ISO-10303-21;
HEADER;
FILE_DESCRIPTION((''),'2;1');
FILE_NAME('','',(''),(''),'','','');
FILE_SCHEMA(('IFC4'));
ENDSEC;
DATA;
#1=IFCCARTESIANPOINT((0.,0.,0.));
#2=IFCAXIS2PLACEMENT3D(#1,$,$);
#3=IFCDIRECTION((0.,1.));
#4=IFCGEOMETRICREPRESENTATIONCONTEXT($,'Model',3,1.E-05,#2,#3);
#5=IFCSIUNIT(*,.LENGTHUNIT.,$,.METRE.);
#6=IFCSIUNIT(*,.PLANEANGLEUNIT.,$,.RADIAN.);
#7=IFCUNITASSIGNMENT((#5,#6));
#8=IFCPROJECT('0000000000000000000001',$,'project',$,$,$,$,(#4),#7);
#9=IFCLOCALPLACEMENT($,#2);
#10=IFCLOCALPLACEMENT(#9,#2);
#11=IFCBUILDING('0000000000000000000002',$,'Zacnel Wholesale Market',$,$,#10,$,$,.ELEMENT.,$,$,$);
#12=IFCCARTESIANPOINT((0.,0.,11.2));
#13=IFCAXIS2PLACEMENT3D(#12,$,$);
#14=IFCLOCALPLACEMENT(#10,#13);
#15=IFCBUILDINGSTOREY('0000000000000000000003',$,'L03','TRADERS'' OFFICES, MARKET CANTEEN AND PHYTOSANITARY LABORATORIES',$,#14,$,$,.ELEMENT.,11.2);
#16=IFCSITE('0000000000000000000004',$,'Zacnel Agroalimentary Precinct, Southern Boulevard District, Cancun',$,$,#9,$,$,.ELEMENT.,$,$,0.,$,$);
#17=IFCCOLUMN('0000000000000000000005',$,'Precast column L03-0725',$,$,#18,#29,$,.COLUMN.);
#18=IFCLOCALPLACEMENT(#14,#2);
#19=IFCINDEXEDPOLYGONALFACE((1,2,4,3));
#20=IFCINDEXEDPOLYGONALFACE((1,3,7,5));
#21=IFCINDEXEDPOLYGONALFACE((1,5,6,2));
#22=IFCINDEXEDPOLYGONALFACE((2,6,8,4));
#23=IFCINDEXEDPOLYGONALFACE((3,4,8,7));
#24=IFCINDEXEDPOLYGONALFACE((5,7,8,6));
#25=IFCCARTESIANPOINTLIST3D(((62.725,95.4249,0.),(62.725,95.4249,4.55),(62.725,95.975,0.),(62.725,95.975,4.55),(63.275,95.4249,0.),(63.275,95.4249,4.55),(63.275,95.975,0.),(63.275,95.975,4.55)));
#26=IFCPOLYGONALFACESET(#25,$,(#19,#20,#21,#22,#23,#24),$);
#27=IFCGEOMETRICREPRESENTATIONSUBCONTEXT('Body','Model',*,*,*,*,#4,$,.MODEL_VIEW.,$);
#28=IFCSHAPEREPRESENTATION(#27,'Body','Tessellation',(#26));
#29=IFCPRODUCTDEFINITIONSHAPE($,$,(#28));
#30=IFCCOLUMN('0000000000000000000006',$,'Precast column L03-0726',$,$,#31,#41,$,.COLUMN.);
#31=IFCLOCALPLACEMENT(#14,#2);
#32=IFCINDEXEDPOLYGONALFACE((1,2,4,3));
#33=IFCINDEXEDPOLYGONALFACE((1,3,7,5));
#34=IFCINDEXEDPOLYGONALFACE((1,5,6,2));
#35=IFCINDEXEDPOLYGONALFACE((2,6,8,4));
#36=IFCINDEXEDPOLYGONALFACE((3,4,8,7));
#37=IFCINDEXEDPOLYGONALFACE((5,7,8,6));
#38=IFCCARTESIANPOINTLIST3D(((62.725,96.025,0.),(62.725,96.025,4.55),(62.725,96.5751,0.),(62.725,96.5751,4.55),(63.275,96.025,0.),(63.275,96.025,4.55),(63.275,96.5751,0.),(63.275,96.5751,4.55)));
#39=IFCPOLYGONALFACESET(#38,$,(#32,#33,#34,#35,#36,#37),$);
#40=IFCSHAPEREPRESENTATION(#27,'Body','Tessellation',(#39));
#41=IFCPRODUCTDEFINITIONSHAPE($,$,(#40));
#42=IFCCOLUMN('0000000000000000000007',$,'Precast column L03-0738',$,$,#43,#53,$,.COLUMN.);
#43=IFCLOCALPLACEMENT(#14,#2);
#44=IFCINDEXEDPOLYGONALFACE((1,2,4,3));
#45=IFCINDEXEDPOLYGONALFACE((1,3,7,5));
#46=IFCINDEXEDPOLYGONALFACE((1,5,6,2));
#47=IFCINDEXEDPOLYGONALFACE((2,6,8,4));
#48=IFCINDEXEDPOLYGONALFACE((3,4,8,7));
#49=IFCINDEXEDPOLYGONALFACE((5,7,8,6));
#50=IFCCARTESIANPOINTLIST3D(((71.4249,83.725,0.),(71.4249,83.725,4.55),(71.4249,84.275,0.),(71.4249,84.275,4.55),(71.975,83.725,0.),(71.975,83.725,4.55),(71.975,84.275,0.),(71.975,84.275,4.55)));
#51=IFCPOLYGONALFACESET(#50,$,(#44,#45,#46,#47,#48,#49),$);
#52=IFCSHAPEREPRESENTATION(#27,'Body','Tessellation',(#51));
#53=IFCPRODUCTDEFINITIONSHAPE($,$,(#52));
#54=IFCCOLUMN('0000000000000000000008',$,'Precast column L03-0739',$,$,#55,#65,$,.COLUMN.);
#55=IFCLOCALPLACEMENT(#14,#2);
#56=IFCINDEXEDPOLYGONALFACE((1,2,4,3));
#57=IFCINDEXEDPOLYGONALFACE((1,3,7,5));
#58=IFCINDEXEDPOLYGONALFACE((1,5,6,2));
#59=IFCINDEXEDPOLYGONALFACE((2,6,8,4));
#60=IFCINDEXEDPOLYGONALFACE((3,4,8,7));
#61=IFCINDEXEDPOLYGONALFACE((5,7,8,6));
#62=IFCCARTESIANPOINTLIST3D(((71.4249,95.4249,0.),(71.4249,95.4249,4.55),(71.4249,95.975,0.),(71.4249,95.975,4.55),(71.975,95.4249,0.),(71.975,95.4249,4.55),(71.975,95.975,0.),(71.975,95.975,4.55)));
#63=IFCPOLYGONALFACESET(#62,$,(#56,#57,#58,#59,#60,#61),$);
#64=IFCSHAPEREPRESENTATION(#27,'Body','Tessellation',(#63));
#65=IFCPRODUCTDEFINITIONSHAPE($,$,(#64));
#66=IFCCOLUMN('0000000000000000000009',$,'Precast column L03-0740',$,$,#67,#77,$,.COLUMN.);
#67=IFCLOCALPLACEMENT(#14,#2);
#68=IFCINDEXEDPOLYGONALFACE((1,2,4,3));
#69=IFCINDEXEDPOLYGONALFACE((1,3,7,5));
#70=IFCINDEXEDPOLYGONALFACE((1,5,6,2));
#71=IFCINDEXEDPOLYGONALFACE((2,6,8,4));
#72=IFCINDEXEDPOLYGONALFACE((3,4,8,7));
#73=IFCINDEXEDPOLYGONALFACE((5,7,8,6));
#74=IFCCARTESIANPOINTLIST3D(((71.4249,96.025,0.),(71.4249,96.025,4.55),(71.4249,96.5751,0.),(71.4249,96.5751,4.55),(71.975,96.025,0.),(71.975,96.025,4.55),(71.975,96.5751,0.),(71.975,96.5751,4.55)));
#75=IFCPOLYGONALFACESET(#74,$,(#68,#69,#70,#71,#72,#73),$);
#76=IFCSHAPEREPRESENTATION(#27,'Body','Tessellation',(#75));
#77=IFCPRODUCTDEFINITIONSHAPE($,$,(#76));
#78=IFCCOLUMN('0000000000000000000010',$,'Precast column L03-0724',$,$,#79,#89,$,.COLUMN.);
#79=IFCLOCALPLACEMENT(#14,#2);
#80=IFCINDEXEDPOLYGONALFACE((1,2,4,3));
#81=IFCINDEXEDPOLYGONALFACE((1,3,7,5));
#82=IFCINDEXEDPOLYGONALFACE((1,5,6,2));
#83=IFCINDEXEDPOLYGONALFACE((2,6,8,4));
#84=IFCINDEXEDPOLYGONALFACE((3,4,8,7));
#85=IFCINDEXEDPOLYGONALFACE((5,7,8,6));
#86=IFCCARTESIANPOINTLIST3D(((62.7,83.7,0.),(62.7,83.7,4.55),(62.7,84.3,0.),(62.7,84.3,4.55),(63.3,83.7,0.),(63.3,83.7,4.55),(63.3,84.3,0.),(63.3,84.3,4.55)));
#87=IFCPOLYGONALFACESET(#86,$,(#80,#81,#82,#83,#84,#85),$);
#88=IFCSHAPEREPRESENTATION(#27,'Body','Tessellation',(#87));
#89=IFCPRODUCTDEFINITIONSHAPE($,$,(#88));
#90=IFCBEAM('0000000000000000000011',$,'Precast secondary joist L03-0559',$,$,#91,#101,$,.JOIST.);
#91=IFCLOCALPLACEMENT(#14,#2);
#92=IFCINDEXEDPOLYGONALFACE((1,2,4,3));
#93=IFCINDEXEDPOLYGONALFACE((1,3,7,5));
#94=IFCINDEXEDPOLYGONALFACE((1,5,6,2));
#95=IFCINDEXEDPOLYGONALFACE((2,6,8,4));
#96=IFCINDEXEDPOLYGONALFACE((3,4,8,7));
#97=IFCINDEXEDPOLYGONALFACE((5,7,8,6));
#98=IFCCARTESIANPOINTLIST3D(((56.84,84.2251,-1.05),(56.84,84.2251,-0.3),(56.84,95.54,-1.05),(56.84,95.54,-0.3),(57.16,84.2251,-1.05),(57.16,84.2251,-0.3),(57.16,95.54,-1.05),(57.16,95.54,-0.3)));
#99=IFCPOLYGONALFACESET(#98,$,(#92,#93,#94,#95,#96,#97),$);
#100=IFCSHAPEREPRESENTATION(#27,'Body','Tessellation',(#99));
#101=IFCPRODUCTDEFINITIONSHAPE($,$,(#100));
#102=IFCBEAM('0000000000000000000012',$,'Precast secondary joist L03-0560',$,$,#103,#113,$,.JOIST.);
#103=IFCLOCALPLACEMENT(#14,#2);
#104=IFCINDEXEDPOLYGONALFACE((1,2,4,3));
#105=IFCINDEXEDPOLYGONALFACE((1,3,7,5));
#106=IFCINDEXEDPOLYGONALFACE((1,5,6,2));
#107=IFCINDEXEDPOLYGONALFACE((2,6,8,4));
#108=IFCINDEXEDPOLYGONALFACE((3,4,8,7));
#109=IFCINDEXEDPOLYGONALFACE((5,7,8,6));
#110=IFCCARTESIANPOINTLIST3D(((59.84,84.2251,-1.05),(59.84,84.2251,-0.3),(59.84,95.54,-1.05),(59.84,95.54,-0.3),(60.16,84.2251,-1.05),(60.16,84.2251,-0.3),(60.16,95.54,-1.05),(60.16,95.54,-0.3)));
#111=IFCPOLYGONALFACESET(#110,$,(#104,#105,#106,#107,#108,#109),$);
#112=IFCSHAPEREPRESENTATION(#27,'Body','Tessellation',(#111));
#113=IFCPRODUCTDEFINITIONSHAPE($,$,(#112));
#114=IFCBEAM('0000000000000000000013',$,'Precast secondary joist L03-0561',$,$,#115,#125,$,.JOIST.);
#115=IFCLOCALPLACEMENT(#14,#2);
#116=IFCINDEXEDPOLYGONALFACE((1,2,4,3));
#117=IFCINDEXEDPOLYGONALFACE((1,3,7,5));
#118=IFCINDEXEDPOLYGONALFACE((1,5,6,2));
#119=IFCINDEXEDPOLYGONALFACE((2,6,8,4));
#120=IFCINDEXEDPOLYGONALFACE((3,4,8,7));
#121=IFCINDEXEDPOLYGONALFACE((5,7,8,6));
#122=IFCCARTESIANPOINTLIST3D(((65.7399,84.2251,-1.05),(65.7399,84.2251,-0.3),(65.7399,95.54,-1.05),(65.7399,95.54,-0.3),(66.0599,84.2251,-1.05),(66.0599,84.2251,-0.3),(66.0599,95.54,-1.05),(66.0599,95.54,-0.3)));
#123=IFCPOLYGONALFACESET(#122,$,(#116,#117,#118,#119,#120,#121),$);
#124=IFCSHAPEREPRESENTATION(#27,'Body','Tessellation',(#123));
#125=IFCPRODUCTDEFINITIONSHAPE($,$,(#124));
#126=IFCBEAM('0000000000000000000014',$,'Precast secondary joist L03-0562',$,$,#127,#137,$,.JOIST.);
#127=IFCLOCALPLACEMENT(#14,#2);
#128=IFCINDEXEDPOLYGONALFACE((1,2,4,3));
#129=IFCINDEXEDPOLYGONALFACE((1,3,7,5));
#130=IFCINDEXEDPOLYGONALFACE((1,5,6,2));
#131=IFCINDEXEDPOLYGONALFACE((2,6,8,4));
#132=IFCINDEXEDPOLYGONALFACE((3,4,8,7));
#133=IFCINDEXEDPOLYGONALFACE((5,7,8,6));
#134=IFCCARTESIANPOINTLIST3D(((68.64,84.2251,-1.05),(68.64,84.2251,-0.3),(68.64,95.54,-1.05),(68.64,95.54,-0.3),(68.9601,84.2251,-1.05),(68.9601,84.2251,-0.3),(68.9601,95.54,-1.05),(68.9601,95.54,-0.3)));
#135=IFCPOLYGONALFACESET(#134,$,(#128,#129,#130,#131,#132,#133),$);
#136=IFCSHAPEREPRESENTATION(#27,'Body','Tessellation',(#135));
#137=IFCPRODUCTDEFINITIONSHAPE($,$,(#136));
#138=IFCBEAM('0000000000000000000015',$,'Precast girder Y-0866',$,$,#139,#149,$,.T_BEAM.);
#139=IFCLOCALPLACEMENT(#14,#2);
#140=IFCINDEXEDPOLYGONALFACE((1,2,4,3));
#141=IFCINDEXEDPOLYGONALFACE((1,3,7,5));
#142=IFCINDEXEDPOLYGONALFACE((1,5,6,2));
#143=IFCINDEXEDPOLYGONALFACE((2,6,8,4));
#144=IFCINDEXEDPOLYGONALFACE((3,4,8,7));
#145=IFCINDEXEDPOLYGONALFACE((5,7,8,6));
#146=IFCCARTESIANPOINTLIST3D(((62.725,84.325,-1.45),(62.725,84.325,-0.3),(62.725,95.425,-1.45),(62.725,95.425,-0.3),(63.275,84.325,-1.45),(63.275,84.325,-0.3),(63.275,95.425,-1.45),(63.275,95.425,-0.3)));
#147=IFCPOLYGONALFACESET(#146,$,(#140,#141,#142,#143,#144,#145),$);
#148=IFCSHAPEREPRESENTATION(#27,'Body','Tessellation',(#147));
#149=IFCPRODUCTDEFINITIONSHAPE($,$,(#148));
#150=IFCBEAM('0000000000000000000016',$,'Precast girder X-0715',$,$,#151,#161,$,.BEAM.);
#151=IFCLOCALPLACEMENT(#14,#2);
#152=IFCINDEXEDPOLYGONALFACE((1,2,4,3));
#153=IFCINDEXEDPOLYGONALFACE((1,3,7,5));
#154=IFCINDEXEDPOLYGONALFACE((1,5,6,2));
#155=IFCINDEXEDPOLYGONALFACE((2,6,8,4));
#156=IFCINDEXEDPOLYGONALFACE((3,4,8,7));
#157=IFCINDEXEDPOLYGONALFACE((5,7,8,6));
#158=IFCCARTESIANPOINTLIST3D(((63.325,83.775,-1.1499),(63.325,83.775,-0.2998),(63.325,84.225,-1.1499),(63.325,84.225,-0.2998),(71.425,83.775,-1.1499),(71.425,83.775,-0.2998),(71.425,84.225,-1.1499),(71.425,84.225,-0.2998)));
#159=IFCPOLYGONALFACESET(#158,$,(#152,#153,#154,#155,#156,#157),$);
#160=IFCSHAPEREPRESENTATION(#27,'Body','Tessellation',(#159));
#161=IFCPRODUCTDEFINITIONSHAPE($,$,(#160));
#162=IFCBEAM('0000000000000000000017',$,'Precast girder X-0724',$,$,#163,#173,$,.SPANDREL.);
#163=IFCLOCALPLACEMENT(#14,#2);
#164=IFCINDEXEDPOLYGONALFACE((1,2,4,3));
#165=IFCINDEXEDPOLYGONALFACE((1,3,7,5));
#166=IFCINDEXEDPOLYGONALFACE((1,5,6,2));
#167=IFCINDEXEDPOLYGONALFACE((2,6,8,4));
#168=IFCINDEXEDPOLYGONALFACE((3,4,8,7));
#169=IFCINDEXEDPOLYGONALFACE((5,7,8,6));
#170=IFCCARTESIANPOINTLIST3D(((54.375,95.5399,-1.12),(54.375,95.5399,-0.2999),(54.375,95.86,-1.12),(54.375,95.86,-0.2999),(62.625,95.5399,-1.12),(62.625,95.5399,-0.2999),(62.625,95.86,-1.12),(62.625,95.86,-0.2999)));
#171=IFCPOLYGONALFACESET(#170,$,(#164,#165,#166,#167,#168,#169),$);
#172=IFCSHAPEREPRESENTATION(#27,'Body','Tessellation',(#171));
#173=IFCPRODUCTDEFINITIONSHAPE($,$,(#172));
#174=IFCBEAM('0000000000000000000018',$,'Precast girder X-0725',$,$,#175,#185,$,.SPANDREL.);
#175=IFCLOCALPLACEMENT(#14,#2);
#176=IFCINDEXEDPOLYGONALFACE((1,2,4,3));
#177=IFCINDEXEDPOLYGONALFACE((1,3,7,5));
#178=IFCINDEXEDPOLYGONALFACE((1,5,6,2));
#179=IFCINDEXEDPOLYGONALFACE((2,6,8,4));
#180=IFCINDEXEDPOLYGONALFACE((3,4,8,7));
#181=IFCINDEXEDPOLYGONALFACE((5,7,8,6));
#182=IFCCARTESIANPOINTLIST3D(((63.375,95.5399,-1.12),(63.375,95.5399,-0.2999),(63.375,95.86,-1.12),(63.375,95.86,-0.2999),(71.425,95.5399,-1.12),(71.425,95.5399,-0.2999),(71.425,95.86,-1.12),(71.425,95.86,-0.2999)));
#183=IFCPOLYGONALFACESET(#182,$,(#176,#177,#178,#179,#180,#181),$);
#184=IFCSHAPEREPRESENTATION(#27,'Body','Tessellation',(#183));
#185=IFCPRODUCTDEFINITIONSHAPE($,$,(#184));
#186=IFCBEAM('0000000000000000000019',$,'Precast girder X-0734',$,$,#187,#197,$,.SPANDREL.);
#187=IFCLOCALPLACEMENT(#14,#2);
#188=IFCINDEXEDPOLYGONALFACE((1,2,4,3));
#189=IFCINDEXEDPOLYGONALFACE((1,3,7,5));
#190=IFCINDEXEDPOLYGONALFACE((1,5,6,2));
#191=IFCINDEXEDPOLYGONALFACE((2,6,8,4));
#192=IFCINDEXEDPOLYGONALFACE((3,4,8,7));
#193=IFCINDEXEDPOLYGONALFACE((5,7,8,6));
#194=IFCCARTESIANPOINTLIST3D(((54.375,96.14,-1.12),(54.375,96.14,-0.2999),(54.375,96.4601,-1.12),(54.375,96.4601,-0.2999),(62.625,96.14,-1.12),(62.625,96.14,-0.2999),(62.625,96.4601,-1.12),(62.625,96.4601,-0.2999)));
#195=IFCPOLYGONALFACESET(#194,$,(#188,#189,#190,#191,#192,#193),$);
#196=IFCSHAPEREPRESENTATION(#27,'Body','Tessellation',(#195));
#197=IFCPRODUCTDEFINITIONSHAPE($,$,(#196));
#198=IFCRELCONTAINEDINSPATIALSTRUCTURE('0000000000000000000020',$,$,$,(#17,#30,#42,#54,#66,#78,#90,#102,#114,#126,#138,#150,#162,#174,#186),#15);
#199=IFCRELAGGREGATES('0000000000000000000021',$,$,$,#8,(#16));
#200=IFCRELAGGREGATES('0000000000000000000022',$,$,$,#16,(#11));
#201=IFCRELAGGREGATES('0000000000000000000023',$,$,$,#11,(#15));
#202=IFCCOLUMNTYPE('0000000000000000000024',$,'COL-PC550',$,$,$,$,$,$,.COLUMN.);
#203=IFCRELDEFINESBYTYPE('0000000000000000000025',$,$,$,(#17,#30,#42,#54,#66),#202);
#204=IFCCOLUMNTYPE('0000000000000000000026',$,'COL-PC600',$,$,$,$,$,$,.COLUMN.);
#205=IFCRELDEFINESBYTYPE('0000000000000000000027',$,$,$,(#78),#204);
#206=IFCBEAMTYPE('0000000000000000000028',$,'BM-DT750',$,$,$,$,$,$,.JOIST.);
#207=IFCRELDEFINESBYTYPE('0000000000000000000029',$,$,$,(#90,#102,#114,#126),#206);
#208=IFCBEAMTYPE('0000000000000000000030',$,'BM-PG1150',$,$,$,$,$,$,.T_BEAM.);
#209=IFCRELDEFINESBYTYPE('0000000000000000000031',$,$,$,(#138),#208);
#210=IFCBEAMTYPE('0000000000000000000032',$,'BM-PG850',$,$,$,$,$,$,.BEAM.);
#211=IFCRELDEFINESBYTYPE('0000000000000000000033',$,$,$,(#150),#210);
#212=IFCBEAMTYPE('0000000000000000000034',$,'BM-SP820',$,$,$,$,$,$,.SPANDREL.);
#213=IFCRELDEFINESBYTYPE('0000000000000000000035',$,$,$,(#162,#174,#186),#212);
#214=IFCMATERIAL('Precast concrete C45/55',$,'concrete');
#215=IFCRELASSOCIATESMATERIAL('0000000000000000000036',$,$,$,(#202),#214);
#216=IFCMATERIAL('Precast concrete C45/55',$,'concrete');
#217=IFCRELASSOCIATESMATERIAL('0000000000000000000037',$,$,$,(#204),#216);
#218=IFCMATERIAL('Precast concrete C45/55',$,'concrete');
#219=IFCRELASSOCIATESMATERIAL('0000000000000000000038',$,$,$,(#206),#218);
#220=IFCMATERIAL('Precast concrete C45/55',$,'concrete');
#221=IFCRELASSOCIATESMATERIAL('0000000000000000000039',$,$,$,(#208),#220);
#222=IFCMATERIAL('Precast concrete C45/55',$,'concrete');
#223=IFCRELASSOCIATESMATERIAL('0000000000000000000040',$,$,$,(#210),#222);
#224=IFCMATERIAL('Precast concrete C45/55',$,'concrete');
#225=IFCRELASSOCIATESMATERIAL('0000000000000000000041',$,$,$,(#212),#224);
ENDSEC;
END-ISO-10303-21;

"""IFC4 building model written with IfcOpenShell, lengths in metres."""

from ifc_helpers import new_model, si_unit, direction, frame, origin, origin_2d, place, context, subcontext, project, spatial, rectangle, extrude, material, material_profile, profile_set, type_object, element, save


model = new_model("IFC4")

# Units and contexts
model_context = context("Model", 3, precision=1e-05, world=origin(), true_north=direction((0.0, 1.0)))
body_context = subcontext(model_context, "Body", "Model", "MODEL_VIEW")
ifc_project = project(units=[si_unit("LENGTHUNIT", "METRE"), si_unit("PLANEANGLEUNIT", "RADIAN")], contexts=[model_context])

# Site, building, storey
site_placement = place(None, origin())
site = spatial("IfcSite", under=ifc_project, at=site_placement, Name="Zacnel Agroalimentary Precinct, Southern Boulevard District, Cancun", CompositionType="ELEMENT", RefElevation=0.0)
building_placement = place(site_placement, origin())
building = spatial("IfcBuilding", under=site, at=building_placement, Name="Zacnel Wholesale Market", CompositionType="ELEMENT")
storey_placement = place(building_placement, frame((0.0, 0.0, 11.2)))
storey = spatial("IfcBuildingStorey", under=building, at=storey_placement, Name="L03", Description="TRADERS' OFFICES, MARKET CANTEEN AND PHYTOSANITARY LABORATORIES", CompositionType="ELEMENT", Elevation=11.2)

# Columns
ifc_material_1 = material(Name="Precast concrete C45/55", Category="concrete")
ifc_material_profile_1 = material_profile(ifc_material_1, rectangle(XDim=0.55, YDim=0.55, at=origin_2d()), Name="PC 550x550")
ifc_profile_set_1 = profile_set([ifc_material_profile_1], Name="Precast concrete C45/55")
column_type_1 = type_object("IfcColumnType", Name="COL-PC550", PredefinedType="COLUMN", material=ifc_profile_set_1)
for number, where, z_axis, x_axis, name in (
    (1, (63.0, 95.7, 0.0), (0.0, 0.0, 1.0), (1.0, 0.0, 0.0), "Precast column L03-0725"),
    (2, (63.0, 96.3, 0.0), (0.0, 0.0, 1.0), (1.0, 0.0, 0.0), "Precast column L03-0726"),
    (3, (71.7, 84.0, 0.0), (0.0, 0.0, 1.0), (1.0, 0.0, 0.0), "Precast column L03-0738"),
    (4, (71.7, 95.7, 0.0), (0.0, 0.0, 1.0), (1.0, 0.0, 0.0), "Precast column L03-0739"),
    (5, (71.7, 96.3, 0.0), (0.0, 0.0, 1.0), (1.0, 0.0, 0.0), "Precast column L03-0740"),
):
    element("IfcColumn", number, at=place(storey_placement, frame(where, z_axis=z_axis, x_axis=x_axis)), inside=storey, type_object=column_type_1, Name=name, PredefinedType="COLUMN", context=body_context, shape_type="SweptSolid", body=[
        extrude(rectangle(XDim=0.55, YDim=0.55, at=origin_2d()), origin(), (0.0, 0.0, 1.0), 4.55),
    ])
ifc_material_2 = material(Name="Precast concrete C45/55", Category="concrete")
ifc_material_profile_2 = material_profile(ifc_material_2, rectangle(XDim=0.6001, YDim=0.6001, at=origin_2d()), Name="PC 600x600")
ifc_profile_set_2 = profile_set([ifc_material_profile_2], Name="Precast concrete C45/55")
column_type_2 = type_object("IfcColumnType", Name="COL-PC600", PredefinedType="COLUMN", material=ifc_profile_set_2)
column_placement = place(storey_placement, frame((63.0, 84.0, 0.0), z_axis=(0.0, 0.0, 1.0), x_axis=(1.0, 0.0, 0.0)))
element("IfcColumn", 6, at=column_placement, inside=storey, type_object=column_type_2, Name="Precast column L03-0724", PredefinedType="COLUMN", context=body_context, shape_type="SweptSolid", body=[
    extrude(rectangle(XDim=0.6001, YDim=0.6001, at=origin_2d()), origin(), (0.0, 0.0, 1.0), 4.55),
])

# Beams
ifc_material_3 = material(Name="Precast concrete C45/55", Category="concrete")
ifc_material_profile_3 = material_profile(ifc_material_3, rectangle(XDim=0.3201, YDim=0.75, at=origin_2d()), Name="DT RIB 320x750")
ifc_profile_set_3 = profile_set([ifc_material_profile_3], Name="Precast concrete C45/55")
beam_type_1 = type_object("IfcBeamType", Name="BM-DT750", PredefinedType="JOIST", material=ifc_profile_set_3)
for number, where, z_axis, x_axis, name in (
    (7, (57.0, 84.2251, -0.675), (0.0, 1.0, 0.0), (-1.0, 0.0, 0.0), "Precast secondary joist L03-0559"),
    (8, (60.0, 84.2251, -0.675), (0.0, 1.0, 0.0), (-1.0, 0.0, 0.0), "Precast secondary joist L03-0560"),
    (9, (65.8999, 84.2251, -0.675), (0.0, 1.0, 0.0), (-1.0, 0.0, 0.0), "Precast secondary joist L03-0561"),
    (10, (68.8, 84.2251, -0.675), (0.0, 1.0, 0.0), (-1.0, 0.0, 0.0), "Precast secondary joist L03-0562"),
):
    element("IfcBeam", number, at=place(storey_placement, frame(where, z_axis=z_axis, x_axis=x_axis)), inside=storey, type_object=beam_type_1, Name=name, PredefinedType="JOIST", context=body_context, shape_type="SweptSolid", body=[
        extrude(rectangle(XDim=0.3201, YDim=0.75, at=origin_2d()), origin(), (0.0, 0.0, 1.0), 11.3149),
    ])
ifc_material_4 = material(Name="Precast concrete C45/55", Category="concrete")
ifc_material_profile_4 = material_profile(ifc_material_4, rectangle(XDim=0.55, YDim=1.1499, at=origin_2d()), Name="PG 550x1150")
ifc_profile_set_4 = profile_set([ifc_material_profile_4], Name="Precast concrete C45/55")
beam_type_2 = type_object("IfcBeamType", Name="BM-PG1150", PredefinedType="T_BEAM", material=ifc_profile_set_4)
beam_1_placement = place(storey_placement, frame((63.0, 84.325, -0.875), z_axis=(0.0, 1.0, 0.0), x_axis=(-1.0, 0.0, 0.0)))
element("IfcBeam", 11, at=beam_1_placement, inside=storey, type_object=beam_type_2, Name="Precast girder Y-0866", PredefinedType="T_BEAM", context=body_context, shape_type="SweptSolid", body=[
    extrude(rectangle(XDim=0.55, YDim=1.1499, at=origin_2d()), origin(), (0.0, 0.0, 1.0), 11.1001),
])
ifc_material_5 = material(Name="Precast concrete C45/55", Category="concrete")
ifc_material_profile_5 = material_profile(ifc_material_5, rectangle(XDim=0.45, YDim=0.8501, at=origin_2d()), Name="PG 450x850")
ifc_profile_set_5 = profile_set([ifc_material_profile_5], Name="Precast concrete C45/55")
beam_type_3 = type_object("IfcBeamType", Name="BM-PG850", PredefinedType="BEAM", material=ifc_profile_set_5)
beam_2_placement = place(storey_placement, frame((63.325, 84.0, -0.7249), z_axis=(1.0, 0.0, 0.0), x_axis=(0.0, 1.0, 0.0)))
element("IfcBeam", 12, at=beam_2_placement, inside=storey, type_object=beam_type_3, Name="Precast girder X-0715", PredefinedType="BEAM", context=body_context, shape_type="SweptSolid", body=[
    extrude(rectangle(XDim=0.45, YDim=0.8501, at=origin_2d()), origin(), (0.0, 0.0, 1.0), 8.1001),
])
ifc_material_6 = material(Name="Precast concrete C45/55", Category="concrete")
ifc_material_profile_6 = material_profile(ifc_material_6, rectangle(XDim=0.3201, YDim=0.8201, at=origin_2d()), Name="SP 320x820")
ifc_profile_set_6 = profile_set([ifc_material_profile_6], Name="Precast concrete C45/55")
beam_type_4 = type_object("IfcBeamType", Name="BM-SP820", PredefinedType="SPANDREL", material=ifc_profile_set_6)
beam_3_placement = place(storey_placement, frame((54.375, 95.7, -0.71), z_axis=(1.0, 0.0, 0.0), x_axis=(0.0, 1.0, 0.0)))
element("IfcBeam", 13, at=beam_3_placement, inside=storey, type_object=beam_type_4, Name="Precast girder X-0724", PredefinedType="SPANDREL", context=body_context, shape_type="SweptSolid", body=[
    extrude(rectangle(XDim=0.3201, YDim=0.8201, at=origin_2d()), origin(), (0.0, 0.0, 1.0), 8.25),
])
beam_4_placement = place(storey_placement, frame((63.375, 95.7, -0.71), z_axis=(1.0, 0.0, 0.0), x_axis=(0.0, 1.0, 0.0)))
element("IfcBeam", 14, at=beam_4_placement, inside=storey, type_object=beam_type_4, Name="Precast girder X-0725", PredefinedType="SPANDREL", context=body_context, shape_type="SweptSolid", body=[
    extrude(rectangle(XDim=0.3201, YDim=0.8201, at=origin_2d()), origin(), (0.0, 0.0, 1.0), 8.05),
])
beam_5_placement = place(storey_placement, frame((54.375, 96.3, -0.71), z_axis=(1.0, 0.0, 0.0), x_axis=(0.0, 1.0, 0.0)))
element("IfcBeam", 15, at=beam_5_placement, inside=storey, type_object=beam_type_4, Name="Precast girder X-0734", PredefinedType="SPANDREL", context=body_context, shape_type="SweptSolid", body=[
    extrude(rectangle(XDim=0.3201, YDim=0.8201, at=origin_2d()), origin(), (0.0, 0.0, 1.0), 8.25),
])

save(model, "model.ifc")
